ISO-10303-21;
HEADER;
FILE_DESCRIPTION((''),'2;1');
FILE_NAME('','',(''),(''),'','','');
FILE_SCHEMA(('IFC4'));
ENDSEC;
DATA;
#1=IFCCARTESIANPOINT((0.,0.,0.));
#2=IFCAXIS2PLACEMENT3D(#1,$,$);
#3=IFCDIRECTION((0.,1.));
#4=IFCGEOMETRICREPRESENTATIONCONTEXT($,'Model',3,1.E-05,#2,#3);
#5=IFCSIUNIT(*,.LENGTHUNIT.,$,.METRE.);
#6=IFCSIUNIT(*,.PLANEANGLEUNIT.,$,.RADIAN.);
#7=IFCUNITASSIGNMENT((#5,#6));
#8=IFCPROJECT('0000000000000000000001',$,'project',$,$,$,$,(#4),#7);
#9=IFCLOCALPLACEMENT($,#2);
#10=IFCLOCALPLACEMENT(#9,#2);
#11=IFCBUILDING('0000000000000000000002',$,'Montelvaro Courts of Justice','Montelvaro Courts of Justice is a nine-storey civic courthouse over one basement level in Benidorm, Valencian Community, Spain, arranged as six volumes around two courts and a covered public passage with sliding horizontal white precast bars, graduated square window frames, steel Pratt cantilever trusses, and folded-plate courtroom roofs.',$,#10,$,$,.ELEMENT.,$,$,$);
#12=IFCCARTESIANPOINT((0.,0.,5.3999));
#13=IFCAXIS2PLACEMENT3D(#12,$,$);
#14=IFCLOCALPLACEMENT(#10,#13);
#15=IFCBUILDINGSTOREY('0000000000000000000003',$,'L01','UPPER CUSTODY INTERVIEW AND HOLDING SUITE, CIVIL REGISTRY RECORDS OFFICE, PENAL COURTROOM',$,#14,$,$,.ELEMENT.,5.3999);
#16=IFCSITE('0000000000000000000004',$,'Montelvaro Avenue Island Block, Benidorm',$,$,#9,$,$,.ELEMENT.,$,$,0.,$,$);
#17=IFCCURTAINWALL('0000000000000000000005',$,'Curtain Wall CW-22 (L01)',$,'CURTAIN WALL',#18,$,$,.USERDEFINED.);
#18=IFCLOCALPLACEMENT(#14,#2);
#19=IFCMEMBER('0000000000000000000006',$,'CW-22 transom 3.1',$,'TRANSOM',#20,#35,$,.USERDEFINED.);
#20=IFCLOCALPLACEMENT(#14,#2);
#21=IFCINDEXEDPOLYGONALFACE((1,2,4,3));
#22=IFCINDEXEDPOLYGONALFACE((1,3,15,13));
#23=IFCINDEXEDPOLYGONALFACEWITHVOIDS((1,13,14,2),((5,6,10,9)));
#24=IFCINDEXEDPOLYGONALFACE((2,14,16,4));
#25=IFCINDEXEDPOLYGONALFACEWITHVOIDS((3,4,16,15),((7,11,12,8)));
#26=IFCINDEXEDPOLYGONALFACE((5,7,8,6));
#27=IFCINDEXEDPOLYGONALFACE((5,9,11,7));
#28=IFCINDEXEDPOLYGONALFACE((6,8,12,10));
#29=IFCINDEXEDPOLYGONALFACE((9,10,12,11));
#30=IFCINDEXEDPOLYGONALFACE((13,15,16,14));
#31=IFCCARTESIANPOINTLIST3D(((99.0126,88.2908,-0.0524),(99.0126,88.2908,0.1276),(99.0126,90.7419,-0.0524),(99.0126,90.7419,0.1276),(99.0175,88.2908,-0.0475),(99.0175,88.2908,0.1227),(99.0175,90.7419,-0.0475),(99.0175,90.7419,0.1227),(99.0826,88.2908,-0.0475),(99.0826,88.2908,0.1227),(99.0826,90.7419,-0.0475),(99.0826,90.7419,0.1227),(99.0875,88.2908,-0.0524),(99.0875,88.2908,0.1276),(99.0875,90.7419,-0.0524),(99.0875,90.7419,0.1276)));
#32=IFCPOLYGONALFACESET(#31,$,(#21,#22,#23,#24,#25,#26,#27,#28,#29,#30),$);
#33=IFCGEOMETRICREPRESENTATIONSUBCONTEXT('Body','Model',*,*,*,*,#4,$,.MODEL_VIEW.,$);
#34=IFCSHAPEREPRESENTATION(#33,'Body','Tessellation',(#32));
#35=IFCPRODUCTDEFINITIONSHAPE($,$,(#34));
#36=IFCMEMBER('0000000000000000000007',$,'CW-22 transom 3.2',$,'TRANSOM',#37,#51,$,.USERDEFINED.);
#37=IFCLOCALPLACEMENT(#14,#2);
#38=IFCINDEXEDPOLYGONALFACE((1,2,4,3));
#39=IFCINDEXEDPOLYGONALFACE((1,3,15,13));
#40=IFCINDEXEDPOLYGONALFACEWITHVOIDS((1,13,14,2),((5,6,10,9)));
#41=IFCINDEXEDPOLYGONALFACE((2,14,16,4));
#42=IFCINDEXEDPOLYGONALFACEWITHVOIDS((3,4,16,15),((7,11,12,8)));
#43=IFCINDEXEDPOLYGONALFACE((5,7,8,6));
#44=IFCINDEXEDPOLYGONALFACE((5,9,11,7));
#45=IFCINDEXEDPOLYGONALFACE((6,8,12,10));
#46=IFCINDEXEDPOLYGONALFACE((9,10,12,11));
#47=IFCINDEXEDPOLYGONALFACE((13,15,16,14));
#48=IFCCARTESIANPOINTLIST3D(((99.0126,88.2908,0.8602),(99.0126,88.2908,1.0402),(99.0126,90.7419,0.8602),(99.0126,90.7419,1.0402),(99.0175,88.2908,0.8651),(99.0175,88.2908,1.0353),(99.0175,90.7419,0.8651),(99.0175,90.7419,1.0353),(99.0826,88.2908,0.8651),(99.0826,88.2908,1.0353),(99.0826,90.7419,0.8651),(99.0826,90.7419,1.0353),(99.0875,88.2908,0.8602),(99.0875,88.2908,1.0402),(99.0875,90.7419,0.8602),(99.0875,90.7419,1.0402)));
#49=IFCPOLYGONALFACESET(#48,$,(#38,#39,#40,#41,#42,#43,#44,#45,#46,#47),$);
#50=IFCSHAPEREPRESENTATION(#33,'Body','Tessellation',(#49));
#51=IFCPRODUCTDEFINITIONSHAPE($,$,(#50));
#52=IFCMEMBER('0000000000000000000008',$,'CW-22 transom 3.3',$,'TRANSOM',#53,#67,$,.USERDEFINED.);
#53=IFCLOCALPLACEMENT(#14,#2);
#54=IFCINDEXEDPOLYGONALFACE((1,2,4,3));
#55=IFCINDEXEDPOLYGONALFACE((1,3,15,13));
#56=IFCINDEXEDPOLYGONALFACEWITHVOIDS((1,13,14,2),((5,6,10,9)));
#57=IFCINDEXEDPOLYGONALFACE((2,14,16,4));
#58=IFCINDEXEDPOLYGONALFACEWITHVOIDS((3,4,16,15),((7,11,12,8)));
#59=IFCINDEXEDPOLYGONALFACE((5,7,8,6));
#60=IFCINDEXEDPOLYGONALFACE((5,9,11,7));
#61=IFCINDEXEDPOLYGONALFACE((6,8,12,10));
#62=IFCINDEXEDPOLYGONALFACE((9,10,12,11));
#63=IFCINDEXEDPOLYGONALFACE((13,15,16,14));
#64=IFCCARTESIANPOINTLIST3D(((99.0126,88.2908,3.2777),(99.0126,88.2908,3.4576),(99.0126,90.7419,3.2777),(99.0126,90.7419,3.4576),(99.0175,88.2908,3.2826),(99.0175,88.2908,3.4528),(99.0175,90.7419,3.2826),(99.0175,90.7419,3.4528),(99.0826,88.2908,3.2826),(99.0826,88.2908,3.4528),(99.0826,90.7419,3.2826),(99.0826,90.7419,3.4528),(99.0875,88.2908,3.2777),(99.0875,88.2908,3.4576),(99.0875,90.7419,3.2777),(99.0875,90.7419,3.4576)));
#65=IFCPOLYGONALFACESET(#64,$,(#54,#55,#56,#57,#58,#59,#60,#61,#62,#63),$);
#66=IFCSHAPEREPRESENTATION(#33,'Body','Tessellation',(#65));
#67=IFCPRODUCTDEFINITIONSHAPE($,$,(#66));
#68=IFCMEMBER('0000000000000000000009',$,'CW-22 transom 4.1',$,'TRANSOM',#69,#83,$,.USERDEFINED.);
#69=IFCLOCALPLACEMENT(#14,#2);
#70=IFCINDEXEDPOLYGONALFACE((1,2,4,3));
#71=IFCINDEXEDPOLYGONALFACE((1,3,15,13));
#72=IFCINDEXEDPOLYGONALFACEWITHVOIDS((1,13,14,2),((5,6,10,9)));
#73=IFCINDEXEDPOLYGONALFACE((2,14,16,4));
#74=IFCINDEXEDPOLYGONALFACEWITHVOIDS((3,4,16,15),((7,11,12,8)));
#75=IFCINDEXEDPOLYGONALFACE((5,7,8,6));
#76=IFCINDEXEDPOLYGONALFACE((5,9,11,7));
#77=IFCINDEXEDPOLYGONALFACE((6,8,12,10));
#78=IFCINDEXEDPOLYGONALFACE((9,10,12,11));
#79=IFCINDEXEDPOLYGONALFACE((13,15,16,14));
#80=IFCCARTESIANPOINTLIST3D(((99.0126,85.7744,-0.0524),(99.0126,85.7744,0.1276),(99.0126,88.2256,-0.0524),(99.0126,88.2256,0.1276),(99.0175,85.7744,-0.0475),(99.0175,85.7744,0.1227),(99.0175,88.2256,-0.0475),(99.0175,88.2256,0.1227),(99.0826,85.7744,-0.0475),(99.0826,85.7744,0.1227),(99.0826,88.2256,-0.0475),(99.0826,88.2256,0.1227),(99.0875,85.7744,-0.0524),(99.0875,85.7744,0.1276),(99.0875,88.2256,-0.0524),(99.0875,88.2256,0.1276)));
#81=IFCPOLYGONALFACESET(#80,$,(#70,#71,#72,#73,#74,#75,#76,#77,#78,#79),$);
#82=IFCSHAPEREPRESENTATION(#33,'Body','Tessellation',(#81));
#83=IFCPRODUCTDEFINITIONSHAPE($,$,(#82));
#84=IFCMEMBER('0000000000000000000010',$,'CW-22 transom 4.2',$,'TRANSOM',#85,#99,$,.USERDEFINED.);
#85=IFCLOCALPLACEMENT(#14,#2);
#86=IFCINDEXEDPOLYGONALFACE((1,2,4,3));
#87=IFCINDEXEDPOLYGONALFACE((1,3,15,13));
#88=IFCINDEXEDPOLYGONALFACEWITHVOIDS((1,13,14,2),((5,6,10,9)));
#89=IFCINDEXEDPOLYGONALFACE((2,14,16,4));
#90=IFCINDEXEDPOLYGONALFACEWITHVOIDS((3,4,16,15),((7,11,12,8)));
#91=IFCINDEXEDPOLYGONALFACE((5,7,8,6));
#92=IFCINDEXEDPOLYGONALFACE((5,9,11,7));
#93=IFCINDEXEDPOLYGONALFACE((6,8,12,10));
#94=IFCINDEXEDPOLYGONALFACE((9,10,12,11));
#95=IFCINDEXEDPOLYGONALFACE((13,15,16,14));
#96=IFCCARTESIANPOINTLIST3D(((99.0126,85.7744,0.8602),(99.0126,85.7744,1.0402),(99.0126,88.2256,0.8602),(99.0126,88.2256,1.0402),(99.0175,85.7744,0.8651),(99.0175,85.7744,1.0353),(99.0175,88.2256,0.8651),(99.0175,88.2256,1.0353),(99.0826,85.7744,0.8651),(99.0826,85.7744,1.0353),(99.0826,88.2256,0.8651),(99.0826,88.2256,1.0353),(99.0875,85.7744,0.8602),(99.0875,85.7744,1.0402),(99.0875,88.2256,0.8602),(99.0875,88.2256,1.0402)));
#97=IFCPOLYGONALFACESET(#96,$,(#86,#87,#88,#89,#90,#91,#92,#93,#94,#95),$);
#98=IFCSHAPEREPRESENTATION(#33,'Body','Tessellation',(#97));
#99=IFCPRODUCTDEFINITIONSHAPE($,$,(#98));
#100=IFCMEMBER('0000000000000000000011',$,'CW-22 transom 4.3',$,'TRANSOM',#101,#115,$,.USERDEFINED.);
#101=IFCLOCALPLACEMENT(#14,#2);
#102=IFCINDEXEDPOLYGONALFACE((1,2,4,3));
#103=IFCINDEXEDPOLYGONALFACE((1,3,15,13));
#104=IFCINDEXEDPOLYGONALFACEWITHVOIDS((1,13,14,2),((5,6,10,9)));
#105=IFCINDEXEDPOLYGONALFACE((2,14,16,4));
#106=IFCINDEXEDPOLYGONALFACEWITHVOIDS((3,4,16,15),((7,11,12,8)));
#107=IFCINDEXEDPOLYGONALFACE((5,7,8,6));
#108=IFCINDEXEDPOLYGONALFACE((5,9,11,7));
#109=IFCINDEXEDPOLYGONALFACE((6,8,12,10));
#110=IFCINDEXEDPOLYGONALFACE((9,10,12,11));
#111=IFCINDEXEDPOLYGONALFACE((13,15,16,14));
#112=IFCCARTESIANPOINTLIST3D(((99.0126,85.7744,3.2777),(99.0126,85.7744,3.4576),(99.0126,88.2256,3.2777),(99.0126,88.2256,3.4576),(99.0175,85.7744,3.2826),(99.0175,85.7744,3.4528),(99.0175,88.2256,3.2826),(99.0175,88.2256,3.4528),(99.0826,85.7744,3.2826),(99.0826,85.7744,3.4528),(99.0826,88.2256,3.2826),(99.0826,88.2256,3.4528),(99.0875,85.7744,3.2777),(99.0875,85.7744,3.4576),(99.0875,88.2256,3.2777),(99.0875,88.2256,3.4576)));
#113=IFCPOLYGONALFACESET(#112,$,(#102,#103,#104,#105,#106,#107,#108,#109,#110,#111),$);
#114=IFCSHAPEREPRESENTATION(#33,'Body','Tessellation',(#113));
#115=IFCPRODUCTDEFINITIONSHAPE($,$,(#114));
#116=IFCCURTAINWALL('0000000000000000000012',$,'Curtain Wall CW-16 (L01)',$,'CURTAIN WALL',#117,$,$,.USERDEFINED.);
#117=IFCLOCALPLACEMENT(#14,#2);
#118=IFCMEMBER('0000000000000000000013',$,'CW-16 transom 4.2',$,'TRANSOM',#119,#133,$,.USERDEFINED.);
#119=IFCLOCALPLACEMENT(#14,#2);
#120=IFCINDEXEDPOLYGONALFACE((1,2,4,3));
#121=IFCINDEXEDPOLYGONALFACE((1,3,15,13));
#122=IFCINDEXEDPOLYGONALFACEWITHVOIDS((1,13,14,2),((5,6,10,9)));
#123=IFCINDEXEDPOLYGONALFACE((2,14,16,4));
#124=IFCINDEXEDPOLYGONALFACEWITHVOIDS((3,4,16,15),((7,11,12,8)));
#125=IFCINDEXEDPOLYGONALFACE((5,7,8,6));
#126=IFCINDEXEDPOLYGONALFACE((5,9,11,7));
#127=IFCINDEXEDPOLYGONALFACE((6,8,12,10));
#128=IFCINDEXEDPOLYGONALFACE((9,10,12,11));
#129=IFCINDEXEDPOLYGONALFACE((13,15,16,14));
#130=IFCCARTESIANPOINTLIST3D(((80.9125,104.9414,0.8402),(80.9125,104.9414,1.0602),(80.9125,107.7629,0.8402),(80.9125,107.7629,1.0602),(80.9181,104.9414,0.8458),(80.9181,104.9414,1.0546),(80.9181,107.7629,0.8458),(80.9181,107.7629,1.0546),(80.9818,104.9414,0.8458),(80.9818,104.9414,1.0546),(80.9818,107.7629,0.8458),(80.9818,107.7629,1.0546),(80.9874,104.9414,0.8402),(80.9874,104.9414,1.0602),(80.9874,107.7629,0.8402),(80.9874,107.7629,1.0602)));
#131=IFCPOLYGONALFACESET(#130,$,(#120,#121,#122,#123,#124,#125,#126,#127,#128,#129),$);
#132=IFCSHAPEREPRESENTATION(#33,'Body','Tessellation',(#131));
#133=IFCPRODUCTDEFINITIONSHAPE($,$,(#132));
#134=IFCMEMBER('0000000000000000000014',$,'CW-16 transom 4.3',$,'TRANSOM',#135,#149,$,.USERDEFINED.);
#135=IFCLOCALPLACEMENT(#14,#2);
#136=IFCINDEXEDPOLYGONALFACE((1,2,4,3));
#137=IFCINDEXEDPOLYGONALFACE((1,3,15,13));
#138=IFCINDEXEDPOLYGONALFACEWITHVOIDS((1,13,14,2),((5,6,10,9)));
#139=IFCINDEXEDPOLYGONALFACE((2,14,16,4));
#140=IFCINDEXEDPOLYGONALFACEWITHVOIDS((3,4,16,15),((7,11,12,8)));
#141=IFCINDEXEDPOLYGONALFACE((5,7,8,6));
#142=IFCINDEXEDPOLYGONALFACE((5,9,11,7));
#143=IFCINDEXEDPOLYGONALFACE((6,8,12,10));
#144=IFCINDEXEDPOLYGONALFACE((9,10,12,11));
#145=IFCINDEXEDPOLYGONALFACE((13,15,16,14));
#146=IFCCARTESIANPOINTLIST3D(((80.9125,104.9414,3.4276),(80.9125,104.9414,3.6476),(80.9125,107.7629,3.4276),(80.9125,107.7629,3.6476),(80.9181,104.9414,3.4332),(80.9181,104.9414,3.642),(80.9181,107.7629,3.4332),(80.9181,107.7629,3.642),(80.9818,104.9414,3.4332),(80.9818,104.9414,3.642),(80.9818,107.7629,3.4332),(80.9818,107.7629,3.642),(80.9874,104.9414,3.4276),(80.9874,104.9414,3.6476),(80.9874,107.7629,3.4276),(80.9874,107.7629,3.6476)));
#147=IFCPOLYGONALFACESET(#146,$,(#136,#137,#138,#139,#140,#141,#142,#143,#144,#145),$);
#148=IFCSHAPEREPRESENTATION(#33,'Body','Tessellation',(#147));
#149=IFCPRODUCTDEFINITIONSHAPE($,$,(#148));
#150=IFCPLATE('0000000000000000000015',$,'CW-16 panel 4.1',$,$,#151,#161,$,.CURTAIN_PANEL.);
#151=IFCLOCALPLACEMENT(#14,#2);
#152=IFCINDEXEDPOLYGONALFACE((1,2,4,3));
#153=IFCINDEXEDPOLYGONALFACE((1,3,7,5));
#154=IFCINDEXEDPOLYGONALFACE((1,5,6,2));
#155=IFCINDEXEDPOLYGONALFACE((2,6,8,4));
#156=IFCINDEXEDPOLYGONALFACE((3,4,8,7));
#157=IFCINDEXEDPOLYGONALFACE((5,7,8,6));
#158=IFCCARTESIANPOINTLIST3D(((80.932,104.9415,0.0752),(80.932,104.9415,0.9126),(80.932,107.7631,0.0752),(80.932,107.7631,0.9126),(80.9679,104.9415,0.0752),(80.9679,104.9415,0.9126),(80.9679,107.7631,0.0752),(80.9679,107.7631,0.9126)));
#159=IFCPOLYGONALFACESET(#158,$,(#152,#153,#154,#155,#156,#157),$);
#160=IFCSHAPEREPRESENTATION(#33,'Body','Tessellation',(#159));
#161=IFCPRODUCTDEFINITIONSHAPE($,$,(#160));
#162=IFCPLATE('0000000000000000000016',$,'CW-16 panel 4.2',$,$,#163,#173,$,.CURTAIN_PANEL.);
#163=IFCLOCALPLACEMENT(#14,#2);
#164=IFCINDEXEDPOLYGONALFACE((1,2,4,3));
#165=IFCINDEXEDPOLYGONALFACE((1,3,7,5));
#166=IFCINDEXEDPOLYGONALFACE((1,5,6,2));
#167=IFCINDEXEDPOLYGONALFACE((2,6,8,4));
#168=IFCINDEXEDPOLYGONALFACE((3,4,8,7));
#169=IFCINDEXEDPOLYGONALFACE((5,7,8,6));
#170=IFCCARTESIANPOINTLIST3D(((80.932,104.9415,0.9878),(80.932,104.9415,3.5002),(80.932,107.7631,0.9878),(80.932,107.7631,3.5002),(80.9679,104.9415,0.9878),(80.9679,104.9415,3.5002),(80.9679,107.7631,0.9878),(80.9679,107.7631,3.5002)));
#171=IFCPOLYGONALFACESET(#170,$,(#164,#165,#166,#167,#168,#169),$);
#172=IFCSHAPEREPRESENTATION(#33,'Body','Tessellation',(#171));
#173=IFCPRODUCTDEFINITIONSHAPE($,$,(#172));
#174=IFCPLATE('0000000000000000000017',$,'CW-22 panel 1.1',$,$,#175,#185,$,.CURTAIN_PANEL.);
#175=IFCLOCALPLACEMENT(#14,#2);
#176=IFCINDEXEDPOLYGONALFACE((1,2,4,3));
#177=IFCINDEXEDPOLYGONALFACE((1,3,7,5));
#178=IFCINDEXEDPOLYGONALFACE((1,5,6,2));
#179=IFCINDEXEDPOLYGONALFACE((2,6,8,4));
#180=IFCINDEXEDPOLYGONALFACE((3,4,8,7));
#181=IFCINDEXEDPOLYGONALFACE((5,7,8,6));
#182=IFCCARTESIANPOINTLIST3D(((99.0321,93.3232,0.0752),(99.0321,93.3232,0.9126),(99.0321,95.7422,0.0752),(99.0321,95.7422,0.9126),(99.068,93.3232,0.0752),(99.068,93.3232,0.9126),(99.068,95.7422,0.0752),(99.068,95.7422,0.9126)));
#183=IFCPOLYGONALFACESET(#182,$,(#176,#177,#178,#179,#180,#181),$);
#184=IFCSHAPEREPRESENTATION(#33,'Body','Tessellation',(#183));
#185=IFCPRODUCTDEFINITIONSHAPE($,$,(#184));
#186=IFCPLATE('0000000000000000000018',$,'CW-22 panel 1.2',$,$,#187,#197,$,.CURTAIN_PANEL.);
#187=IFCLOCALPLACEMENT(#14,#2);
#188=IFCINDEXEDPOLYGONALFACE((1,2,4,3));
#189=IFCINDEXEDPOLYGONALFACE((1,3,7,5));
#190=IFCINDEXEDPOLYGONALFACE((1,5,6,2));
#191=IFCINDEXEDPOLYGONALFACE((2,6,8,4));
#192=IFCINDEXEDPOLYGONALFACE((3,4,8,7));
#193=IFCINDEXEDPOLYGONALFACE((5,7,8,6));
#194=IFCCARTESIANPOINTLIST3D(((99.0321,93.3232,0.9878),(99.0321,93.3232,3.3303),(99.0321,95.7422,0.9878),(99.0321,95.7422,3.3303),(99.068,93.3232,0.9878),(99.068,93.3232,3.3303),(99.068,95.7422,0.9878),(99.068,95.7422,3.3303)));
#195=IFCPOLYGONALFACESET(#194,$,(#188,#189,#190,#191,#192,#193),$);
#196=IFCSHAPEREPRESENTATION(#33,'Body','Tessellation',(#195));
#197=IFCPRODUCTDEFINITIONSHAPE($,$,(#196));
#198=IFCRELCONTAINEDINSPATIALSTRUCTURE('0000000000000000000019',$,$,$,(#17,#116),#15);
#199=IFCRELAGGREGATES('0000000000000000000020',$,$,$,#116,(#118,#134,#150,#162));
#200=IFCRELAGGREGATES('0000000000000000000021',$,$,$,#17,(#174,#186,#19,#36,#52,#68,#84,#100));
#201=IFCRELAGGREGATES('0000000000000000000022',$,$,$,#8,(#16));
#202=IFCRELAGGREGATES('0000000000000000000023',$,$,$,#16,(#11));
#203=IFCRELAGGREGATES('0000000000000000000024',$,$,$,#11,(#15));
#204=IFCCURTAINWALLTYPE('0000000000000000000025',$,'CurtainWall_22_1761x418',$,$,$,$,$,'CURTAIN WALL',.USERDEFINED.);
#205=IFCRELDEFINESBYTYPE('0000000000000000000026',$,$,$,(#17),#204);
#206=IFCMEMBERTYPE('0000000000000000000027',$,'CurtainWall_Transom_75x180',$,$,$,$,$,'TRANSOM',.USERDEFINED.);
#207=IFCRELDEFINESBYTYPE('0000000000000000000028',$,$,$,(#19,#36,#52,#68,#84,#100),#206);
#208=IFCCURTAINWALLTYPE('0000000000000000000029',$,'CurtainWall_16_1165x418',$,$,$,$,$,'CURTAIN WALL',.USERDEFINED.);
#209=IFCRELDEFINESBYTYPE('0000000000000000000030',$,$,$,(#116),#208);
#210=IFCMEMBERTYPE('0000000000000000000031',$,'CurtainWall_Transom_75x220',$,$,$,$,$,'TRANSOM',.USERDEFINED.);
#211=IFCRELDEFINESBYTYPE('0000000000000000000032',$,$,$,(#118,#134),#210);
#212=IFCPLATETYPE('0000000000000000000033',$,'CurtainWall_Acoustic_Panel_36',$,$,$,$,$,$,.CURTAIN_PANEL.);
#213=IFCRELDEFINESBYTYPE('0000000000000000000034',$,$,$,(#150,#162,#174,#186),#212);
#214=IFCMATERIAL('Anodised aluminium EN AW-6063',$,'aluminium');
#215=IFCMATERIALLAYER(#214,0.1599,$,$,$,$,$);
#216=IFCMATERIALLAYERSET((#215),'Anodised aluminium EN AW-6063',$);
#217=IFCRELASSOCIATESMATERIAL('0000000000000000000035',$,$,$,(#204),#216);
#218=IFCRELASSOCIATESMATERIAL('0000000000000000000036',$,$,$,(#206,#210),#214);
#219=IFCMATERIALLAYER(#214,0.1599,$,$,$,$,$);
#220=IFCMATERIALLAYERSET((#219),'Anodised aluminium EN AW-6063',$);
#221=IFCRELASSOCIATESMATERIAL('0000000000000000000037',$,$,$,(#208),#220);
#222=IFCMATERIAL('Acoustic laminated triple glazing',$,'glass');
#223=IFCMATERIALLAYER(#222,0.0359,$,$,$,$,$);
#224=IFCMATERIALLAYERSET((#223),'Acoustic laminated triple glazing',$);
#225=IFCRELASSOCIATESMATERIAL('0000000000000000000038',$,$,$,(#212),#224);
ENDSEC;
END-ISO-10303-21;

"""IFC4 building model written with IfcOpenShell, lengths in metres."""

from ifc_helpers import new_model, si_unit, direction, frame, origin, origin_2d, place, context, subcontext, project, spatial, rectangle, hollow_rectangle, extrude, material, layer, layer_set, material_profile, profile_set, type_object, element, aggregate, save


model = new_model("IFC4")

# Units and contexts
model_context = context("Model", 3, precision=1e-05, world=origin(), true_north=direction((0.0, 1.0)))
body_context = subcontext(model_context, "Body", "Model", "MODEL_VIEW")
ifc_project = project(units=[si_unit("LENGTHUNIT", "METRE"), si_unit("PLANEANGLEUNIT", "RADIAN")], contexts=[model_context])

# Site, building, storey
site_placement = place(None, origin())
site = spatial("IfcSite", under=ifc_project, at=site_placement, Name="Montelvaro Avenue Island Block, Benidorm", CompositionType="ELEMENT", RefElevation=0.0)
building_placement = place(site_placement, origin())
building = spatial("IfcBuilding", under=site, at=building_placement, Name="Montelvaro Courts of Justice", Description="Montelvaro Courts of Justice is a nine-storey civic courthouse over one basement level in Benidorm, Valencian Community, Spain, arranged as six volumes around two courts and a covered public passage with sliding horizontal white precast bars, graduated square window frames, steel Pratt cantilever trusses, and folded-plate courtroom roofs.", CompositionType="ELEMENT")
storey_placement = place(building_placement, frame((0.0, 0.0, 5.3999)))
storey = spatial("IfcBuildingStorey", under=building, at=storey_placement, Name="L01", Description="UPPER CUSTODY INTERVIEW AND HOLDING SUITE, CIVIL REGISTRY RECORDS OFFICE, PENAL COURTROOM", CompositionType="ELEMENT", Elevation=5.3999)

# Curtain wall, members
ifc_material_1 = material(Name="Anodised aluminium EN AW-6063", Category="aluminium")
ifc_layer_1 = layer(ifc_material_1, 0.1599)
ifc_layer_set_1 = layer_set([ifc_layer_1], Name="Anodised aluminium EN AW-6063")
curtain_wall_type_1 = type_object("IfcCurtainWallType", Name="CurtainWall_22_1761x418", ElementType="CURTAIN WALL", PredefinedType="USERDEFINED", material=ifc_layer_set_1)
curtain_wall_1_placement = place(storey_placement, origin())
curtain_wall_1 = element("IfcCurtainWall", 1, at=curtain_wall_1_placement, inside=storey, type_object=curtain_wall_type_1, Name="Curtain Wall CW-22 (L01)", ObjectType="CURTAIN WALL", PredefinedType="USERDEFINED")
ifc_material_profile_1 = material_profile(ifc_material_1, hollow_rectangle(XDim=0.075, YDim=0.1799, WallThickness=0.0049, at=origin_2d()), Name="ALU-T 75x180")
ifc_profile_set_1 = profile_set([ifc_material_profile_1], Name="Anodised aluminium EN AW-6063")
member_type_1 = type_object("IfcMemberType", Name="CurtainWall_Transom_75x180", ElementType="TRANSOM", PredefinedType="USERDEFINED", material=ifc_profile_set_1)
member_1_placement = place(storey_placement, frame((99.05, 90.7419, 0.0376), z_axis=(0.0, -1.0, 0.0), x_axis=(1.0, 0.0, 0.0)))
member_1 = element("IfcMember", 2, at=member_1_placement, type_object=member_type_1, Name="CW-22 transom 3.1", ObjectType="TRANSOM", PredefinedType="USERDEFINED", context=body_context, shape_type="SweptSolid", body=[
    extrude(hollow_rectangle(XDim=0.075, YDim=0.1799, WallThickness=0.0049, at=origin_2d()), origin(), (0.0, 0.0, 1.0), 2.4512),
])
member_2_placement = place(storey_placement, frame((99.05, 90.7419, 0.9502), z_axis=(0.0, -1.0, 0.0), x_axis=(1.0, 0.0, 0.0)))
member_2 = element("IfcMember", 3, at=member_2_placement, type_object=member_type_1, Name="CW-22 transom 3.2", ObjectType="TRANSOM", PredefinedType="USERDEFINED", context=body_context, shape_type="SweptSolid", body=[
    extrude(hollow_rectangle(XDim=0.075, YDim=0.1799, WallThickness=0.0049, at=origin_2d()), origin(), (0.0, 0.0, 1.0), 2.4512),
])
member_3_placement = place(storey_placement, frame((99.05, 90.7419, 3.3677), z_axis=(0.0, -1.0, 0.0), x_axis=(1.0, 0.0, 0.0)))
member_3 = element("IfcMember", 4, at=member_3_placement, type_object=member_type_1, Name="CW-22 transom 3.3", ObjectType="TRANSOM", PredefinedType="USERDEFINED", context=body_context, shape_type="SweptSolid", body=[
    extrude(hollow_rectangle(XDim=0.075, YDim=0.1799, WallThickness=0.0049, at=origin_2d()), origin(), (0.0, 0.0, 1.0), 2.4512),
])
member_4_placement = place(storey_placement, frame((99.05, 88.2256, 0.0376), z_axis=(0.0, -1.0, 0.0), x_axis=(1.0, 0.0, 0.0)))
member_4 = element("IfcMember", 5, at=member_4_placement, type_object=member_type_1, Name="CW-22 transom 4.1", ObjectType="TRANSOM", PredefinedType="USERDEFINED", context=body_context, shape_type="SweptSolid", body=[
    extrude(hollow_rectangle(XDim=0.075, YDim=0.1799, WallThickness=0.0049, at=origin_2d()), origin(), (0.0, 0.0, 1.0), 2.4512),
])
member_5_placement = place(storey_placement, frame((99.05, 88.2256, 0.9502), z_axis=(0.0, -1.0, 0.0), x_axis=(1.0, 0.0, 0.0)))
member_5 = element("IfcMember", 6, at=member_5_placement, type_object=member_type_1, Name="CW-22 transom 4.2", ObjectType="TRANSOM", PredefinedType="USERDEFINED", context=body_context, shape_type="SweptSolid", body=[
    extrude(hollow_rectangle(XDim=0.075, YDim=0.1799, WallThickness=0.0049, at=origin_2d()), origin(), (0.0, 0.0, 1.0), 2.4512),
])
member_6_placement = place(storey_placement, frame((99.05, 88.2256, 3.3677), z_axis=(0.0, -1.0, 0.0), x_axis=(1.0, 0.0, 0.0)))
member_6 = element("IfcMember", 7, at=member_6_placement, type_object=member_type_1, Name="CW-22 transom 4.3", ObjectType="TRANSOM", PredefinedType="USERDEFINED", context=body_context, shape_type="SweptSolid", body=[
    extrude(hollow_rectangle(XDim=0.075, YDim=0.1799, WallThickness=0.0049, at=origin_2d()), origin(), (0.0, 0.0, 1.0), 2.4512),
])

# Curtain wall, members, plates
ifc_layer_2 = layer(ifc_material_1, 0.1599)
ifc_layer_set_2 = layer_set([ifc_layer_2], Name="Anodised aluminium EN AW-6063")
curtain_wall_type_2 = type_object("IfcCurtainWallType", Name="CurtainWall_16_1165x418", ElementType="CURTAIN WALL", PredefinedType="USERDEFINED", material=ifc_layer_set_2)
curtain_wall_2_placement = place(storey_placement, origin())
curtain_wall_2 = element("IfcCurtainWall", 8, at=curtain_wall_2_placement, inside=storey, type_object=curtain_wall_type_2, Name="Curtain Wall CW-16 (L01)", ObjectType="CURTAIN WALL", PredefinedType="USERDEFINED")
ifc_material_profile_2 = material_profile(ifc_material_1, hollow_rectangle(XDim=0.075, YDim=0.22, WallThickness=0.0056, at=origin_2d()), Name="ALU-T 75x220")
ifc_profile_set_2 = profile_set([ifc_material_profile_2], Name="Anodised aluminium EN AW-6063")
member_type_2 = type_object("IfcMemberType", Name="CurtainWall_Transom_75x220", ElementType="TRANSOM", PredefinedType="USERDEFINED", material=ifc_profile_set_2)
member_7_placement = place(storey_placement, frame((80.95, 104.9414, 0.9502), z_axis=(0.0, 1.0, 0.0), x_axis=(-1.0, 0.0, 0.0)))
member_7 = element("IfcMember", 9, at=member_7_placement, type_object=member_type_2, Name="CW-16 transom 4.2", ObjectType="TRANSOM", PredefinedType="USERDEFINED", context=body_context, shape_type="SweptSolid", body=[
    extrude(hollow_rectangle(XDim=0.075, YDim=0.22, WallThickness=0.0056, at=origin_2d()), origin(), (0.0, 0.0, 1.0), 2.8215),
])
member_8_placement = place(storey_placement, frame((80.95, 104.9414, 3.5376), z_axis=(0.0, 1.0, 0.0), x_axis=(-1.0, 0.0, 0.0)))
member_8 = element("IfcMember", 10, at=member_8_placement, type_object=member_type_2, Name="CW-16 transom 4.3", ObjectType="TRANSOM", PredefinedType="USERDEFINED", context=body_context, shape_type="SweptSolid", body=[
    extrude(hollow_rectangle(XDim=0.075, YDim=0.22, WallThickness=0.0056, at=origin_2d()), origin(), (0.0, 0.0, 1.0), 2.8215),
])
ifc_material_2 = material(Name="Acoustic laminated triple glazing", Category="glass")
ifc_layer_3 = layer(ifc_material_2, 0.0359)
ifc_layer_set_3 = layer_set([ifc_layer_3], Name="Acoustic laminated triple glazing")
plate_type = type_object("IfcPlateType", Name="CurtainWall_Acoustic_Panel_36", PredefinedType="CURTAIN_PANEL", material=ifc_layer_set_3)
plate_1_placement = place(storey_placement, frame((80.95, 106.3523, 0.0752), z_axis=(0.0, 0.0, 1.0), x_axis=(0.0, 1.0, 0.0)))
plate_1 = element("IfcPlate", 11, at=plate_1_placement, type_object=plate_type, Name="CW-16 panel 4.1", PredefinedType="CURTAIN_PANEL", context=body_context, shape_type="SweptSolid", body=[
    extrude(rectangle(XDim=2.8215, YDim=0.0359, at=origin_2d()), origin(), (0.0, 0.0, 1.0), 0.8374),
])
plate_2_placement = place(storey_placement, frame((80.95, 106.3523, 0.9878), z_axis=(0.0, 0.0, 1.0), x_axis=(0.0, 1.0, 0.0)))
plate_2 = element("IfcPlate", 12, at=plate_2_placement, type_object=plate_type, Name="CW-16 panel 4.2", PredefinedType="CURTAIN_PANEL", context=body_context, shape_type="SweptSolid", body=[
    extrude(rectangle(XDim=2.8215, YDim=0.0359, at=origin_2d()), origin(), (0.0, 0.0, 1.0), 2.5125),
])
aggregate(curtain_wall_2, [member_7, member_8, plate_1, plate_2])

# Plates
plate_3_placement = place(storey_placement, frame((99.05, 94.5327, 0.0752), z_axis=(0.0, 0.0, 1.0), x_axis=(0.0, -1.0, 0.0)))
plate_3 = element("IfcPlate", 13, at=plate_3_placement, type_object=plate_type, Name="CW-22 panel 1.1", PredefinedType="CURTAIN_PANEL", context=body_context, shape_type="SweptSolid", body=[
    extrude(rectangle(XDim=2.4189, YDim=0.0359, at=origin_2d()), origin(), (0.0, 0.0, 1.0), 0.8374),
])
plate_4_placement = place(storey_placement, frame((99.05, 94.5327, 0.9878), z_axis=(0.0, 0.0, 1.0), x_axis=(0.0, -1.0, 0.0)))
plate_4 = element("IfcPlate", 14, at=plate_4_placement, type_object=plate_type, Name="CW-22 panel 1.2", PredefinedType="CURTAIN_PANEL", context=body_context, shape_type="SweptSolid", body=[
    extrude(rectangle(XDim=2.4189, YDim=0.0359, at=origin_2d()), origin(), (0.0, 0.0, 1.0), 2.3425),
])
aggregate(curtain_wall_1, [plate_3, plate_4, member_1, member_2, member_3, member_4, member_5, member_6])

save(model, "model.ifc")
